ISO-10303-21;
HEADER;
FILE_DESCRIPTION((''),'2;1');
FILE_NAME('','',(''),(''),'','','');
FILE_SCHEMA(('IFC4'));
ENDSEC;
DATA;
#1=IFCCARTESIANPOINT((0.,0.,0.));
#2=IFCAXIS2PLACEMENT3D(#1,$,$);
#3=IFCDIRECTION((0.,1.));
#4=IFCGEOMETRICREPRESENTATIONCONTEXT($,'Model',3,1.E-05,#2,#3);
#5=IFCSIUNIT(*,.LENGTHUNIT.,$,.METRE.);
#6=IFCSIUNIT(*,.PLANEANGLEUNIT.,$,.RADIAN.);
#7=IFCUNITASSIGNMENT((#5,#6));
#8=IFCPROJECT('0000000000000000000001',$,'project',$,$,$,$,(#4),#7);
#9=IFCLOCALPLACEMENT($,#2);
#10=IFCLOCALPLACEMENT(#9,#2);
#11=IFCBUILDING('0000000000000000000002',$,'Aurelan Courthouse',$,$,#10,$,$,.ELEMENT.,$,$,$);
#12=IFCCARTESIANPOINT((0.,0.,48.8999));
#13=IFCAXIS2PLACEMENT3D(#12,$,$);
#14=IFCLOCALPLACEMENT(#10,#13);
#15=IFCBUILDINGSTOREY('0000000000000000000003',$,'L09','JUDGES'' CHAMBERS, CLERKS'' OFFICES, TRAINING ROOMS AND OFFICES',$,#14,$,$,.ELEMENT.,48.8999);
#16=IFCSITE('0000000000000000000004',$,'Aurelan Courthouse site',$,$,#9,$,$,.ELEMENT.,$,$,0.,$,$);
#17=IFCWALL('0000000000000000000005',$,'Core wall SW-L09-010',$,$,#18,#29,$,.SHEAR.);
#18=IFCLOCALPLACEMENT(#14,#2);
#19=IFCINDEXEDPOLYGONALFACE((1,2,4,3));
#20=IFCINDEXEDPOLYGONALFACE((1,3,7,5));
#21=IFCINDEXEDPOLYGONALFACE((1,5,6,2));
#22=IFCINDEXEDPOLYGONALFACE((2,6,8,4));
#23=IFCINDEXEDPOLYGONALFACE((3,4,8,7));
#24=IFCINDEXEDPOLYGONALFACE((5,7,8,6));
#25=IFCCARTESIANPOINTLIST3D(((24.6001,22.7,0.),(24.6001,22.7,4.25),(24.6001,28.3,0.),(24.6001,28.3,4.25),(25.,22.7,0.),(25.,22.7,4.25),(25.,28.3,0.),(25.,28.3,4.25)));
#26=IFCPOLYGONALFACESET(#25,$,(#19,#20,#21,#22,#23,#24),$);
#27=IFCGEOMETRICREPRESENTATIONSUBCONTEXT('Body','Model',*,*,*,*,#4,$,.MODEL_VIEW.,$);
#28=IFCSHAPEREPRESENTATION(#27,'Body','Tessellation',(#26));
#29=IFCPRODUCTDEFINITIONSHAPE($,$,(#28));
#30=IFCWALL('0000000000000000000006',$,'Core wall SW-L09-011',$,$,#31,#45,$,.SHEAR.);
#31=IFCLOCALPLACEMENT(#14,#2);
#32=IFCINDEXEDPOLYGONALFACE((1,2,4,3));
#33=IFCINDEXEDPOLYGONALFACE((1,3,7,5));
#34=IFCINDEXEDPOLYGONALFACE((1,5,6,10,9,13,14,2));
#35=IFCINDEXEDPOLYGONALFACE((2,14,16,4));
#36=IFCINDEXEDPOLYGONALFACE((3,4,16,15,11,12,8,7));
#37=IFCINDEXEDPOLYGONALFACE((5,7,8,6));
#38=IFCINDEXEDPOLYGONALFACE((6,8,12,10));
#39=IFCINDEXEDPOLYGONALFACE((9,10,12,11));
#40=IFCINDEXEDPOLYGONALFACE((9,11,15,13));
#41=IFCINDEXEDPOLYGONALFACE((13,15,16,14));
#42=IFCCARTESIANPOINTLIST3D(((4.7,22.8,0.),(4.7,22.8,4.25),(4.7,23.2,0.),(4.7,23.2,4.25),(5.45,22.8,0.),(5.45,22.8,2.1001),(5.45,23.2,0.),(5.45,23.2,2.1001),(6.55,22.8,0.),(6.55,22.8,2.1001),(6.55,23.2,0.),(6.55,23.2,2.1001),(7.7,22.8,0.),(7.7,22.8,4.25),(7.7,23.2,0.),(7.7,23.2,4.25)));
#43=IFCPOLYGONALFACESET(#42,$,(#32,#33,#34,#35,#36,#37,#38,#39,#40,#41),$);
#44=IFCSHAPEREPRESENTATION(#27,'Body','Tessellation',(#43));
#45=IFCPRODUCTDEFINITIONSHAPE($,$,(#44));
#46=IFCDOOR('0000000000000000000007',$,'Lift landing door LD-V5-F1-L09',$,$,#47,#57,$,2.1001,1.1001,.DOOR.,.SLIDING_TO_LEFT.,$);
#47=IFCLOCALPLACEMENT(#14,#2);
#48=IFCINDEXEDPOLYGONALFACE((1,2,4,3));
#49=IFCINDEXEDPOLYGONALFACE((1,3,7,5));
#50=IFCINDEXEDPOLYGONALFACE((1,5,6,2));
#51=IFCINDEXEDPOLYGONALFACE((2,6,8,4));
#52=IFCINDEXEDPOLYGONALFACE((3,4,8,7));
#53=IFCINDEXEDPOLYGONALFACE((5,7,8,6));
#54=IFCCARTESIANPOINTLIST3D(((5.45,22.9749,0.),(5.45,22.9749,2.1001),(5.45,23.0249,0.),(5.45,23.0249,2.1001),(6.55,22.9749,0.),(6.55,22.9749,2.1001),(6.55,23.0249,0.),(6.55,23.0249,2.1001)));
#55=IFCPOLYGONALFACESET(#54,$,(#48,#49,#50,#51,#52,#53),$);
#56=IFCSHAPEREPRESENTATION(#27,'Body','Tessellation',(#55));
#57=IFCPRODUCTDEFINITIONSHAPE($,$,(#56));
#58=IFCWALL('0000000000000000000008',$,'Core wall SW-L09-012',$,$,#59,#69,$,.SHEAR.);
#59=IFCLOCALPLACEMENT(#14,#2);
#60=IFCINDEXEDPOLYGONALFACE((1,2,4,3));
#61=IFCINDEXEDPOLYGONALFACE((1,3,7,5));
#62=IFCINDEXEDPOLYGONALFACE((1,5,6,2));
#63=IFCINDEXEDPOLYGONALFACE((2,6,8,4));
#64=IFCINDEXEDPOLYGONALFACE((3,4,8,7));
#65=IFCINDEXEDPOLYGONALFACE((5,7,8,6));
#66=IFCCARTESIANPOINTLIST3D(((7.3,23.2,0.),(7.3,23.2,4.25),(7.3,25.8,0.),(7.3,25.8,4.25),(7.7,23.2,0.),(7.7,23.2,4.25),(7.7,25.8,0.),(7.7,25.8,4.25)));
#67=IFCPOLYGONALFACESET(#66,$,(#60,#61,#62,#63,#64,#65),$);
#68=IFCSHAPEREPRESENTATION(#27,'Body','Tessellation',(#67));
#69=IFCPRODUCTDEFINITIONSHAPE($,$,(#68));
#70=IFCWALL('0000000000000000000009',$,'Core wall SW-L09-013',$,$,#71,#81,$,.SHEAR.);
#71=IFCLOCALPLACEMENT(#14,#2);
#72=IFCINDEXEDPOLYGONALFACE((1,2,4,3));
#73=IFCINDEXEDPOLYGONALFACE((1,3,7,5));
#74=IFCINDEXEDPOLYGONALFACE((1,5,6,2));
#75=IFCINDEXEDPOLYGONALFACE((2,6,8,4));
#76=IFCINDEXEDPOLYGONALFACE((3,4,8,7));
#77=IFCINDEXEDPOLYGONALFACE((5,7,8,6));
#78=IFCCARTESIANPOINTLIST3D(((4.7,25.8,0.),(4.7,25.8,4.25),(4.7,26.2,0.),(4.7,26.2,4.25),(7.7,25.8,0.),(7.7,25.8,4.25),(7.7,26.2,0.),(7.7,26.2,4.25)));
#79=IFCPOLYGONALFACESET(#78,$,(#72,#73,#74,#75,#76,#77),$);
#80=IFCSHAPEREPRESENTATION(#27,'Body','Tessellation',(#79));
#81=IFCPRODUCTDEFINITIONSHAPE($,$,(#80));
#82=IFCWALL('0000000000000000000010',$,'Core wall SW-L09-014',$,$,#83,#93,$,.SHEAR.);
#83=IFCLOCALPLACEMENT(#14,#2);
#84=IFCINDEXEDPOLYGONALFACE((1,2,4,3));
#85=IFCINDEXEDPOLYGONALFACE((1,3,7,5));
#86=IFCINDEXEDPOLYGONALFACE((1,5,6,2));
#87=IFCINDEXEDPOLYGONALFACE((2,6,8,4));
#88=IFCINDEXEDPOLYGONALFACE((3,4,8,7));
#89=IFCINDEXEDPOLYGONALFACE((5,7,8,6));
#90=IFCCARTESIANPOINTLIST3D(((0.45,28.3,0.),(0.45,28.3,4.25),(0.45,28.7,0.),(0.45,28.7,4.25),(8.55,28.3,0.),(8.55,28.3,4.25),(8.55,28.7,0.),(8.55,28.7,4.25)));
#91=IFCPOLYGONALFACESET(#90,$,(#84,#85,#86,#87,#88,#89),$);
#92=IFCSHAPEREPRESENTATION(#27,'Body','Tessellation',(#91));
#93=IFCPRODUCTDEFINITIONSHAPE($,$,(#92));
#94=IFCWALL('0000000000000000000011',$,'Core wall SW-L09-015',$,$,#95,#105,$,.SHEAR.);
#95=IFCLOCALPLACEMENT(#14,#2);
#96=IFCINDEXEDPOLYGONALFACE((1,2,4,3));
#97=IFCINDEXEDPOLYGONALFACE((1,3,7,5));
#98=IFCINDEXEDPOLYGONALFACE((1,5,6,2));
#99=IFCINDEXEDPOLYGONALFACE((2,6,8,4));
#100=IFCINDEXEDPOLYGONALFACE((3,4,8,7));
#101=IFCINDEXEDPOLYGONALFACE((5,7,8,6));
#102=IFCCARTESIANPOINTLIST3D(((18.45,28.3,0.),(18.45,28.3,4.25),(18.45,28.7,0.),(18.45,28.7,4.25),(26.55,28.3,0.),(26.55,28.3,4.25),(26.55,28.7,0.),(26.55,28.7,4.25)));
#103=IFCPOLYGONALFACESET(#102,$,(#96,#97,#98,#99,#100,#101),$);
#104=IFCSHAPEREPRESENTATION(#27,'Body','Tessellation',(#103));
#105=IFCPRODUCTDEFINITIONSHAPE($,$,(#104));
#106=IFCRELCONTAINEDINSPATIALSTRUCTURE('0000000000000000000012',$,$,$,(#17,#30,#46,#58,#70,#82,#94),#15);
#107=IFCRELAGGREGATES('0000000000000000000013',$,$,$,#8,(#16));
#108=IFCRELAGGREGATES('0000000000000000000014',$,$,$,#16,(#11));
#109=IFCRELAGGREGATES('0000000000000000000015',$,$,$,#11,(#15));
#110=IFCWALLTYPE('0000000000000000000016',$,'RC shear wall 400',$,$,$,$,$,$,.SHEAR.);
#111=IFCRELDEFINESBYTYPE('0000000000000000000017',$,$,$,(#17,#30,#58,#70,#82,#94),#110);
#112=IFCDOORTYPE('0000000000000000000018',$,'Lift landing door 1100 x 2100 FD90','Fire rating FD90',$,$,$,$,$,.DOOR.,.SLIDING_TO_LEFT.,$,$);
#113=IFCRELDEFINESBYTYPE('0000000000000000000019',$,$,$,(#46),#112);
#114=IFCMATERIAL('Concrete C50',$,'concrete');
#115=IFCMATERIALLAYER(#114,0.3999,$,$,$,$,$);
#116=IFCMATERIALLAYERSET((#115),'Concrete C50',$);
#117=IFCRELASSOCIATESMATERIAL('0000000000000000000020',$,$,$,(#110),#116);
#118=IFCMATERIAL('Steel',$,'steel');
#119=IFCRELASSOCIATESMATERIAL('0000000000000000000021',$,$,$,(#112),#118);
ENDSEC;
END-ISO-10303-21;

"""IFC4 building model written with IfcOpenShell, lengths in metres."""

from ifc_helpers import new_model, si_unit, direction, frame, frame_2d, origin, place, context, subcontext, project, spatial, rectangle, extrude, material, layer, layer_set, type_object, element, fill, save


model = new_model("IFC4")

# Units and contexts
model_context = context("Model", 3, precision=1e-05, world=origin(), true_north=direction((0.0, 1.0)))
body_context = subcontext(model_context, "Body", "Model", "MODEL_VIEW")
ifc_project = project(units=[si_unit("LENGTHUNIT", "METRE"), si_unit("PLANEANGLEUNIT", "RADIAN")], contexts=[model_context])

# Site, building, storey
site_placement = place(None, origin())
site = spatial("IfcSite", under=ifc_project, at=site_placement, Name="Aurelan Courthouse site", CompositionType="ELEMENT", RefElevation=0.0)
building_placement = place(site_placement, origin())
building = spatial("IfcBuilding", under=site, at=building_placement, Name="Aurelan Courthouse", CompositionType="ELEMENT")
storey_placement = place(building_placement, frame((0.0, 0.0, 48.8999)))
storey = spatial("IfcBuildingStorey", under=building, at=storey_placement, Name="L09", Description="JUDGES' CHAMBERS, CLERKS' OFFICES, TRAINING ROOMS AND OFFICES", CompositionType="ELEMENT", Elevation=48.8999)

# Shared definitions
ifc_material_1 = material(Name="Concrete C50", Category="concrete")

# Shared definitions
ifc_layer = layer(ifc_material_1, 0.3999)
ifc_layer_set = layer_set([ifc_layer], Name="Concrete C50")
wall_type = type_object("IfcWallType", Name="RC shear wall 400", PredefinedType="SHEAR", material=ifc_layer_set)
ifc_material_2 = material(Name="Steel", Category="steel")

# Shared definitions
door_type_1 = type_object("IfcDoorType", Name="Lift landing door 1100 x 2100 FD90", Description="Fire rating FD90", OperationType="SLIDING_TO_LEFT", PredefinedType="DOOR", material=ifc_material_2)

# Wall
wall_1_placement = place(storey_placement, frame((24.8, 22.7, 0.0), z_axis=(0.0, 0.0, 1.0), x_axis=(0.0, 1.0, 0.0)))
element("IfcWall", 1, at=wall_1_placement, inside=storey, type_object=wall_type, Name="Core wall SW-L09-010", PredefinedType="SHEAR", context=body_context, shape_type="SweptSolid", body=[
    extrude(rectangle(XDim=5.6001, YDim=0.3999, at=frame_2d((2.8, 0.0))), origin(), (0.0, 0.0, 1.0), 4.25),
])

# Wall, opening, door
wall_2_placement = place(storey_placement, frame((4.7, 23.0, 0.0), z_axis=(0.0, 0.0, 1.0), x_axis=(1.0, 0.0, 0.0)))
wall_2 = element("IfcWall", 2, at=wall_2_placement, inside=storey, type_object=wall_type, Name="Core wall SW-L09-011", PredefinedType="SHEAR", context=body_context, shape_type="SweptSolid", body=[
    extrude(rectangle(XDim=3.0, YDim=0.3999, at=frame_2d((1.5, 0.0))), origin(), (0.0, 0.0, 1.0), 4.25),
])
opening_1_placement = place(wall_2_placement, frame((0.75, 0.0, 0.0)))
opening_1 = element("IfcOpeningElement", 3, at=opening_1_placement, cuts=wall_2, PredefinedType="OPENING", context=body_context, shape_type="SweptSolid", body=[
    extrude(rectangle(XDim=1.1001, YDim=2.1001, at=frame_2d((0.55, 1.05))), frame((0.0, 0.21, 0.0), z_axis=(0.0, -1.0, 0.0), x_axis=(1.0, 0.0, 0.0)), (0.0, 0.0, 1.0), 0.4199),
])
door_1_placement = place(opening_1_placement, origin())
door_1 = element("IfcDoor", 4, at=door_1_placement, inside=storey, type_object=door_type_1, Name="Lift landing door LD-V5-F1-L09", OperationType="SLIDING_TO_LEFT", OverallHeight=2.1001, OverallWidth=1.1001, PredefinedType="DOOR", context=body_context, shape_type="SweptSolid", body=[
    extrude(rectangle(XDim=1.1001, YDim=2.1001, at=frame_2d((0.55, 1.05))), frame((0.0, 0.0249, 0.0), z_axis=(0.0, -1.0, 0.0), x_axis=(1.0, 0.0, 0.0)), (0.0, 0.0, 1.0), 0.05),
])
fill(opening_1, door_1)

# Walls
wall_3_placement = place(storey_placement, frame((7.5, 23.2, 0.0), z_axis=(0.0, 0.0, 1.0), x_axis=(0.0, 1.0, 0.0)))
element("IfcWall", 5, at=wall_3_placement, inside=storey, type_object=wall_type, Name="Core wall SW-L09-012", PredefinedType="SHEAR", context=body_context, shape_type="SweptSolid", body=[
    extrude(rectangle(XDim=2.6001, YDim=0.3999, at=frame_2d((1.3, 0.0))), origin(), (0.0, 0.0, 1.0), 4.25),
])
wall_4_placement = place(storey_placement, frame((4.7, 26.0, 0.0), z_axis=(0.0, 0.0, 1.0), x_axis=(1.0, 0.0, 0.0)))
element("IfcWall", 6, at=wall_4_placement, inside=storey, type_object=wall_type, Name="Core wall SW-L09-013", PredefinedType="SHEAR", context=body_context, shape_type="SweptSolid", body=[
    extrude(rectangle(XDim=3.0, YDim=0.3999, at=frame_2d((1.5, 0.0))), origin(), (0.0, 0.0, 1.0), 4.25),
])
for number, where, z_axis, x_axis, name in (
    (7, (0.45, 28.5, 0.0), (0.0, 0.0, 1.0), (1.0, 0.0, 0.0), "Core wall SW-L09-014"),
    (8, (18.45, 28.5, 0.0), (0.0, 0.0, 1.0), (1.0, 0.0, 0.0), "Core wall SW-L09-015"),
):
    element("IfcWall", number, at=place(storey_placement, frame(where, z_axis=z_axis, x_axis=x_axis)), inside=storey, type_object=wall_type, Name=name, PredefinedType="SHEAR", context=body_context, shape_type="SweptSolid", body=[
        extrude(rectangle(XDim=8.1001, YDim=0.3999, at=frame_2d((4.05, 0.0))), origin(), (0.0, 0.0, 1.0), 4.25),
    ])

save(model, "model.ifc")
